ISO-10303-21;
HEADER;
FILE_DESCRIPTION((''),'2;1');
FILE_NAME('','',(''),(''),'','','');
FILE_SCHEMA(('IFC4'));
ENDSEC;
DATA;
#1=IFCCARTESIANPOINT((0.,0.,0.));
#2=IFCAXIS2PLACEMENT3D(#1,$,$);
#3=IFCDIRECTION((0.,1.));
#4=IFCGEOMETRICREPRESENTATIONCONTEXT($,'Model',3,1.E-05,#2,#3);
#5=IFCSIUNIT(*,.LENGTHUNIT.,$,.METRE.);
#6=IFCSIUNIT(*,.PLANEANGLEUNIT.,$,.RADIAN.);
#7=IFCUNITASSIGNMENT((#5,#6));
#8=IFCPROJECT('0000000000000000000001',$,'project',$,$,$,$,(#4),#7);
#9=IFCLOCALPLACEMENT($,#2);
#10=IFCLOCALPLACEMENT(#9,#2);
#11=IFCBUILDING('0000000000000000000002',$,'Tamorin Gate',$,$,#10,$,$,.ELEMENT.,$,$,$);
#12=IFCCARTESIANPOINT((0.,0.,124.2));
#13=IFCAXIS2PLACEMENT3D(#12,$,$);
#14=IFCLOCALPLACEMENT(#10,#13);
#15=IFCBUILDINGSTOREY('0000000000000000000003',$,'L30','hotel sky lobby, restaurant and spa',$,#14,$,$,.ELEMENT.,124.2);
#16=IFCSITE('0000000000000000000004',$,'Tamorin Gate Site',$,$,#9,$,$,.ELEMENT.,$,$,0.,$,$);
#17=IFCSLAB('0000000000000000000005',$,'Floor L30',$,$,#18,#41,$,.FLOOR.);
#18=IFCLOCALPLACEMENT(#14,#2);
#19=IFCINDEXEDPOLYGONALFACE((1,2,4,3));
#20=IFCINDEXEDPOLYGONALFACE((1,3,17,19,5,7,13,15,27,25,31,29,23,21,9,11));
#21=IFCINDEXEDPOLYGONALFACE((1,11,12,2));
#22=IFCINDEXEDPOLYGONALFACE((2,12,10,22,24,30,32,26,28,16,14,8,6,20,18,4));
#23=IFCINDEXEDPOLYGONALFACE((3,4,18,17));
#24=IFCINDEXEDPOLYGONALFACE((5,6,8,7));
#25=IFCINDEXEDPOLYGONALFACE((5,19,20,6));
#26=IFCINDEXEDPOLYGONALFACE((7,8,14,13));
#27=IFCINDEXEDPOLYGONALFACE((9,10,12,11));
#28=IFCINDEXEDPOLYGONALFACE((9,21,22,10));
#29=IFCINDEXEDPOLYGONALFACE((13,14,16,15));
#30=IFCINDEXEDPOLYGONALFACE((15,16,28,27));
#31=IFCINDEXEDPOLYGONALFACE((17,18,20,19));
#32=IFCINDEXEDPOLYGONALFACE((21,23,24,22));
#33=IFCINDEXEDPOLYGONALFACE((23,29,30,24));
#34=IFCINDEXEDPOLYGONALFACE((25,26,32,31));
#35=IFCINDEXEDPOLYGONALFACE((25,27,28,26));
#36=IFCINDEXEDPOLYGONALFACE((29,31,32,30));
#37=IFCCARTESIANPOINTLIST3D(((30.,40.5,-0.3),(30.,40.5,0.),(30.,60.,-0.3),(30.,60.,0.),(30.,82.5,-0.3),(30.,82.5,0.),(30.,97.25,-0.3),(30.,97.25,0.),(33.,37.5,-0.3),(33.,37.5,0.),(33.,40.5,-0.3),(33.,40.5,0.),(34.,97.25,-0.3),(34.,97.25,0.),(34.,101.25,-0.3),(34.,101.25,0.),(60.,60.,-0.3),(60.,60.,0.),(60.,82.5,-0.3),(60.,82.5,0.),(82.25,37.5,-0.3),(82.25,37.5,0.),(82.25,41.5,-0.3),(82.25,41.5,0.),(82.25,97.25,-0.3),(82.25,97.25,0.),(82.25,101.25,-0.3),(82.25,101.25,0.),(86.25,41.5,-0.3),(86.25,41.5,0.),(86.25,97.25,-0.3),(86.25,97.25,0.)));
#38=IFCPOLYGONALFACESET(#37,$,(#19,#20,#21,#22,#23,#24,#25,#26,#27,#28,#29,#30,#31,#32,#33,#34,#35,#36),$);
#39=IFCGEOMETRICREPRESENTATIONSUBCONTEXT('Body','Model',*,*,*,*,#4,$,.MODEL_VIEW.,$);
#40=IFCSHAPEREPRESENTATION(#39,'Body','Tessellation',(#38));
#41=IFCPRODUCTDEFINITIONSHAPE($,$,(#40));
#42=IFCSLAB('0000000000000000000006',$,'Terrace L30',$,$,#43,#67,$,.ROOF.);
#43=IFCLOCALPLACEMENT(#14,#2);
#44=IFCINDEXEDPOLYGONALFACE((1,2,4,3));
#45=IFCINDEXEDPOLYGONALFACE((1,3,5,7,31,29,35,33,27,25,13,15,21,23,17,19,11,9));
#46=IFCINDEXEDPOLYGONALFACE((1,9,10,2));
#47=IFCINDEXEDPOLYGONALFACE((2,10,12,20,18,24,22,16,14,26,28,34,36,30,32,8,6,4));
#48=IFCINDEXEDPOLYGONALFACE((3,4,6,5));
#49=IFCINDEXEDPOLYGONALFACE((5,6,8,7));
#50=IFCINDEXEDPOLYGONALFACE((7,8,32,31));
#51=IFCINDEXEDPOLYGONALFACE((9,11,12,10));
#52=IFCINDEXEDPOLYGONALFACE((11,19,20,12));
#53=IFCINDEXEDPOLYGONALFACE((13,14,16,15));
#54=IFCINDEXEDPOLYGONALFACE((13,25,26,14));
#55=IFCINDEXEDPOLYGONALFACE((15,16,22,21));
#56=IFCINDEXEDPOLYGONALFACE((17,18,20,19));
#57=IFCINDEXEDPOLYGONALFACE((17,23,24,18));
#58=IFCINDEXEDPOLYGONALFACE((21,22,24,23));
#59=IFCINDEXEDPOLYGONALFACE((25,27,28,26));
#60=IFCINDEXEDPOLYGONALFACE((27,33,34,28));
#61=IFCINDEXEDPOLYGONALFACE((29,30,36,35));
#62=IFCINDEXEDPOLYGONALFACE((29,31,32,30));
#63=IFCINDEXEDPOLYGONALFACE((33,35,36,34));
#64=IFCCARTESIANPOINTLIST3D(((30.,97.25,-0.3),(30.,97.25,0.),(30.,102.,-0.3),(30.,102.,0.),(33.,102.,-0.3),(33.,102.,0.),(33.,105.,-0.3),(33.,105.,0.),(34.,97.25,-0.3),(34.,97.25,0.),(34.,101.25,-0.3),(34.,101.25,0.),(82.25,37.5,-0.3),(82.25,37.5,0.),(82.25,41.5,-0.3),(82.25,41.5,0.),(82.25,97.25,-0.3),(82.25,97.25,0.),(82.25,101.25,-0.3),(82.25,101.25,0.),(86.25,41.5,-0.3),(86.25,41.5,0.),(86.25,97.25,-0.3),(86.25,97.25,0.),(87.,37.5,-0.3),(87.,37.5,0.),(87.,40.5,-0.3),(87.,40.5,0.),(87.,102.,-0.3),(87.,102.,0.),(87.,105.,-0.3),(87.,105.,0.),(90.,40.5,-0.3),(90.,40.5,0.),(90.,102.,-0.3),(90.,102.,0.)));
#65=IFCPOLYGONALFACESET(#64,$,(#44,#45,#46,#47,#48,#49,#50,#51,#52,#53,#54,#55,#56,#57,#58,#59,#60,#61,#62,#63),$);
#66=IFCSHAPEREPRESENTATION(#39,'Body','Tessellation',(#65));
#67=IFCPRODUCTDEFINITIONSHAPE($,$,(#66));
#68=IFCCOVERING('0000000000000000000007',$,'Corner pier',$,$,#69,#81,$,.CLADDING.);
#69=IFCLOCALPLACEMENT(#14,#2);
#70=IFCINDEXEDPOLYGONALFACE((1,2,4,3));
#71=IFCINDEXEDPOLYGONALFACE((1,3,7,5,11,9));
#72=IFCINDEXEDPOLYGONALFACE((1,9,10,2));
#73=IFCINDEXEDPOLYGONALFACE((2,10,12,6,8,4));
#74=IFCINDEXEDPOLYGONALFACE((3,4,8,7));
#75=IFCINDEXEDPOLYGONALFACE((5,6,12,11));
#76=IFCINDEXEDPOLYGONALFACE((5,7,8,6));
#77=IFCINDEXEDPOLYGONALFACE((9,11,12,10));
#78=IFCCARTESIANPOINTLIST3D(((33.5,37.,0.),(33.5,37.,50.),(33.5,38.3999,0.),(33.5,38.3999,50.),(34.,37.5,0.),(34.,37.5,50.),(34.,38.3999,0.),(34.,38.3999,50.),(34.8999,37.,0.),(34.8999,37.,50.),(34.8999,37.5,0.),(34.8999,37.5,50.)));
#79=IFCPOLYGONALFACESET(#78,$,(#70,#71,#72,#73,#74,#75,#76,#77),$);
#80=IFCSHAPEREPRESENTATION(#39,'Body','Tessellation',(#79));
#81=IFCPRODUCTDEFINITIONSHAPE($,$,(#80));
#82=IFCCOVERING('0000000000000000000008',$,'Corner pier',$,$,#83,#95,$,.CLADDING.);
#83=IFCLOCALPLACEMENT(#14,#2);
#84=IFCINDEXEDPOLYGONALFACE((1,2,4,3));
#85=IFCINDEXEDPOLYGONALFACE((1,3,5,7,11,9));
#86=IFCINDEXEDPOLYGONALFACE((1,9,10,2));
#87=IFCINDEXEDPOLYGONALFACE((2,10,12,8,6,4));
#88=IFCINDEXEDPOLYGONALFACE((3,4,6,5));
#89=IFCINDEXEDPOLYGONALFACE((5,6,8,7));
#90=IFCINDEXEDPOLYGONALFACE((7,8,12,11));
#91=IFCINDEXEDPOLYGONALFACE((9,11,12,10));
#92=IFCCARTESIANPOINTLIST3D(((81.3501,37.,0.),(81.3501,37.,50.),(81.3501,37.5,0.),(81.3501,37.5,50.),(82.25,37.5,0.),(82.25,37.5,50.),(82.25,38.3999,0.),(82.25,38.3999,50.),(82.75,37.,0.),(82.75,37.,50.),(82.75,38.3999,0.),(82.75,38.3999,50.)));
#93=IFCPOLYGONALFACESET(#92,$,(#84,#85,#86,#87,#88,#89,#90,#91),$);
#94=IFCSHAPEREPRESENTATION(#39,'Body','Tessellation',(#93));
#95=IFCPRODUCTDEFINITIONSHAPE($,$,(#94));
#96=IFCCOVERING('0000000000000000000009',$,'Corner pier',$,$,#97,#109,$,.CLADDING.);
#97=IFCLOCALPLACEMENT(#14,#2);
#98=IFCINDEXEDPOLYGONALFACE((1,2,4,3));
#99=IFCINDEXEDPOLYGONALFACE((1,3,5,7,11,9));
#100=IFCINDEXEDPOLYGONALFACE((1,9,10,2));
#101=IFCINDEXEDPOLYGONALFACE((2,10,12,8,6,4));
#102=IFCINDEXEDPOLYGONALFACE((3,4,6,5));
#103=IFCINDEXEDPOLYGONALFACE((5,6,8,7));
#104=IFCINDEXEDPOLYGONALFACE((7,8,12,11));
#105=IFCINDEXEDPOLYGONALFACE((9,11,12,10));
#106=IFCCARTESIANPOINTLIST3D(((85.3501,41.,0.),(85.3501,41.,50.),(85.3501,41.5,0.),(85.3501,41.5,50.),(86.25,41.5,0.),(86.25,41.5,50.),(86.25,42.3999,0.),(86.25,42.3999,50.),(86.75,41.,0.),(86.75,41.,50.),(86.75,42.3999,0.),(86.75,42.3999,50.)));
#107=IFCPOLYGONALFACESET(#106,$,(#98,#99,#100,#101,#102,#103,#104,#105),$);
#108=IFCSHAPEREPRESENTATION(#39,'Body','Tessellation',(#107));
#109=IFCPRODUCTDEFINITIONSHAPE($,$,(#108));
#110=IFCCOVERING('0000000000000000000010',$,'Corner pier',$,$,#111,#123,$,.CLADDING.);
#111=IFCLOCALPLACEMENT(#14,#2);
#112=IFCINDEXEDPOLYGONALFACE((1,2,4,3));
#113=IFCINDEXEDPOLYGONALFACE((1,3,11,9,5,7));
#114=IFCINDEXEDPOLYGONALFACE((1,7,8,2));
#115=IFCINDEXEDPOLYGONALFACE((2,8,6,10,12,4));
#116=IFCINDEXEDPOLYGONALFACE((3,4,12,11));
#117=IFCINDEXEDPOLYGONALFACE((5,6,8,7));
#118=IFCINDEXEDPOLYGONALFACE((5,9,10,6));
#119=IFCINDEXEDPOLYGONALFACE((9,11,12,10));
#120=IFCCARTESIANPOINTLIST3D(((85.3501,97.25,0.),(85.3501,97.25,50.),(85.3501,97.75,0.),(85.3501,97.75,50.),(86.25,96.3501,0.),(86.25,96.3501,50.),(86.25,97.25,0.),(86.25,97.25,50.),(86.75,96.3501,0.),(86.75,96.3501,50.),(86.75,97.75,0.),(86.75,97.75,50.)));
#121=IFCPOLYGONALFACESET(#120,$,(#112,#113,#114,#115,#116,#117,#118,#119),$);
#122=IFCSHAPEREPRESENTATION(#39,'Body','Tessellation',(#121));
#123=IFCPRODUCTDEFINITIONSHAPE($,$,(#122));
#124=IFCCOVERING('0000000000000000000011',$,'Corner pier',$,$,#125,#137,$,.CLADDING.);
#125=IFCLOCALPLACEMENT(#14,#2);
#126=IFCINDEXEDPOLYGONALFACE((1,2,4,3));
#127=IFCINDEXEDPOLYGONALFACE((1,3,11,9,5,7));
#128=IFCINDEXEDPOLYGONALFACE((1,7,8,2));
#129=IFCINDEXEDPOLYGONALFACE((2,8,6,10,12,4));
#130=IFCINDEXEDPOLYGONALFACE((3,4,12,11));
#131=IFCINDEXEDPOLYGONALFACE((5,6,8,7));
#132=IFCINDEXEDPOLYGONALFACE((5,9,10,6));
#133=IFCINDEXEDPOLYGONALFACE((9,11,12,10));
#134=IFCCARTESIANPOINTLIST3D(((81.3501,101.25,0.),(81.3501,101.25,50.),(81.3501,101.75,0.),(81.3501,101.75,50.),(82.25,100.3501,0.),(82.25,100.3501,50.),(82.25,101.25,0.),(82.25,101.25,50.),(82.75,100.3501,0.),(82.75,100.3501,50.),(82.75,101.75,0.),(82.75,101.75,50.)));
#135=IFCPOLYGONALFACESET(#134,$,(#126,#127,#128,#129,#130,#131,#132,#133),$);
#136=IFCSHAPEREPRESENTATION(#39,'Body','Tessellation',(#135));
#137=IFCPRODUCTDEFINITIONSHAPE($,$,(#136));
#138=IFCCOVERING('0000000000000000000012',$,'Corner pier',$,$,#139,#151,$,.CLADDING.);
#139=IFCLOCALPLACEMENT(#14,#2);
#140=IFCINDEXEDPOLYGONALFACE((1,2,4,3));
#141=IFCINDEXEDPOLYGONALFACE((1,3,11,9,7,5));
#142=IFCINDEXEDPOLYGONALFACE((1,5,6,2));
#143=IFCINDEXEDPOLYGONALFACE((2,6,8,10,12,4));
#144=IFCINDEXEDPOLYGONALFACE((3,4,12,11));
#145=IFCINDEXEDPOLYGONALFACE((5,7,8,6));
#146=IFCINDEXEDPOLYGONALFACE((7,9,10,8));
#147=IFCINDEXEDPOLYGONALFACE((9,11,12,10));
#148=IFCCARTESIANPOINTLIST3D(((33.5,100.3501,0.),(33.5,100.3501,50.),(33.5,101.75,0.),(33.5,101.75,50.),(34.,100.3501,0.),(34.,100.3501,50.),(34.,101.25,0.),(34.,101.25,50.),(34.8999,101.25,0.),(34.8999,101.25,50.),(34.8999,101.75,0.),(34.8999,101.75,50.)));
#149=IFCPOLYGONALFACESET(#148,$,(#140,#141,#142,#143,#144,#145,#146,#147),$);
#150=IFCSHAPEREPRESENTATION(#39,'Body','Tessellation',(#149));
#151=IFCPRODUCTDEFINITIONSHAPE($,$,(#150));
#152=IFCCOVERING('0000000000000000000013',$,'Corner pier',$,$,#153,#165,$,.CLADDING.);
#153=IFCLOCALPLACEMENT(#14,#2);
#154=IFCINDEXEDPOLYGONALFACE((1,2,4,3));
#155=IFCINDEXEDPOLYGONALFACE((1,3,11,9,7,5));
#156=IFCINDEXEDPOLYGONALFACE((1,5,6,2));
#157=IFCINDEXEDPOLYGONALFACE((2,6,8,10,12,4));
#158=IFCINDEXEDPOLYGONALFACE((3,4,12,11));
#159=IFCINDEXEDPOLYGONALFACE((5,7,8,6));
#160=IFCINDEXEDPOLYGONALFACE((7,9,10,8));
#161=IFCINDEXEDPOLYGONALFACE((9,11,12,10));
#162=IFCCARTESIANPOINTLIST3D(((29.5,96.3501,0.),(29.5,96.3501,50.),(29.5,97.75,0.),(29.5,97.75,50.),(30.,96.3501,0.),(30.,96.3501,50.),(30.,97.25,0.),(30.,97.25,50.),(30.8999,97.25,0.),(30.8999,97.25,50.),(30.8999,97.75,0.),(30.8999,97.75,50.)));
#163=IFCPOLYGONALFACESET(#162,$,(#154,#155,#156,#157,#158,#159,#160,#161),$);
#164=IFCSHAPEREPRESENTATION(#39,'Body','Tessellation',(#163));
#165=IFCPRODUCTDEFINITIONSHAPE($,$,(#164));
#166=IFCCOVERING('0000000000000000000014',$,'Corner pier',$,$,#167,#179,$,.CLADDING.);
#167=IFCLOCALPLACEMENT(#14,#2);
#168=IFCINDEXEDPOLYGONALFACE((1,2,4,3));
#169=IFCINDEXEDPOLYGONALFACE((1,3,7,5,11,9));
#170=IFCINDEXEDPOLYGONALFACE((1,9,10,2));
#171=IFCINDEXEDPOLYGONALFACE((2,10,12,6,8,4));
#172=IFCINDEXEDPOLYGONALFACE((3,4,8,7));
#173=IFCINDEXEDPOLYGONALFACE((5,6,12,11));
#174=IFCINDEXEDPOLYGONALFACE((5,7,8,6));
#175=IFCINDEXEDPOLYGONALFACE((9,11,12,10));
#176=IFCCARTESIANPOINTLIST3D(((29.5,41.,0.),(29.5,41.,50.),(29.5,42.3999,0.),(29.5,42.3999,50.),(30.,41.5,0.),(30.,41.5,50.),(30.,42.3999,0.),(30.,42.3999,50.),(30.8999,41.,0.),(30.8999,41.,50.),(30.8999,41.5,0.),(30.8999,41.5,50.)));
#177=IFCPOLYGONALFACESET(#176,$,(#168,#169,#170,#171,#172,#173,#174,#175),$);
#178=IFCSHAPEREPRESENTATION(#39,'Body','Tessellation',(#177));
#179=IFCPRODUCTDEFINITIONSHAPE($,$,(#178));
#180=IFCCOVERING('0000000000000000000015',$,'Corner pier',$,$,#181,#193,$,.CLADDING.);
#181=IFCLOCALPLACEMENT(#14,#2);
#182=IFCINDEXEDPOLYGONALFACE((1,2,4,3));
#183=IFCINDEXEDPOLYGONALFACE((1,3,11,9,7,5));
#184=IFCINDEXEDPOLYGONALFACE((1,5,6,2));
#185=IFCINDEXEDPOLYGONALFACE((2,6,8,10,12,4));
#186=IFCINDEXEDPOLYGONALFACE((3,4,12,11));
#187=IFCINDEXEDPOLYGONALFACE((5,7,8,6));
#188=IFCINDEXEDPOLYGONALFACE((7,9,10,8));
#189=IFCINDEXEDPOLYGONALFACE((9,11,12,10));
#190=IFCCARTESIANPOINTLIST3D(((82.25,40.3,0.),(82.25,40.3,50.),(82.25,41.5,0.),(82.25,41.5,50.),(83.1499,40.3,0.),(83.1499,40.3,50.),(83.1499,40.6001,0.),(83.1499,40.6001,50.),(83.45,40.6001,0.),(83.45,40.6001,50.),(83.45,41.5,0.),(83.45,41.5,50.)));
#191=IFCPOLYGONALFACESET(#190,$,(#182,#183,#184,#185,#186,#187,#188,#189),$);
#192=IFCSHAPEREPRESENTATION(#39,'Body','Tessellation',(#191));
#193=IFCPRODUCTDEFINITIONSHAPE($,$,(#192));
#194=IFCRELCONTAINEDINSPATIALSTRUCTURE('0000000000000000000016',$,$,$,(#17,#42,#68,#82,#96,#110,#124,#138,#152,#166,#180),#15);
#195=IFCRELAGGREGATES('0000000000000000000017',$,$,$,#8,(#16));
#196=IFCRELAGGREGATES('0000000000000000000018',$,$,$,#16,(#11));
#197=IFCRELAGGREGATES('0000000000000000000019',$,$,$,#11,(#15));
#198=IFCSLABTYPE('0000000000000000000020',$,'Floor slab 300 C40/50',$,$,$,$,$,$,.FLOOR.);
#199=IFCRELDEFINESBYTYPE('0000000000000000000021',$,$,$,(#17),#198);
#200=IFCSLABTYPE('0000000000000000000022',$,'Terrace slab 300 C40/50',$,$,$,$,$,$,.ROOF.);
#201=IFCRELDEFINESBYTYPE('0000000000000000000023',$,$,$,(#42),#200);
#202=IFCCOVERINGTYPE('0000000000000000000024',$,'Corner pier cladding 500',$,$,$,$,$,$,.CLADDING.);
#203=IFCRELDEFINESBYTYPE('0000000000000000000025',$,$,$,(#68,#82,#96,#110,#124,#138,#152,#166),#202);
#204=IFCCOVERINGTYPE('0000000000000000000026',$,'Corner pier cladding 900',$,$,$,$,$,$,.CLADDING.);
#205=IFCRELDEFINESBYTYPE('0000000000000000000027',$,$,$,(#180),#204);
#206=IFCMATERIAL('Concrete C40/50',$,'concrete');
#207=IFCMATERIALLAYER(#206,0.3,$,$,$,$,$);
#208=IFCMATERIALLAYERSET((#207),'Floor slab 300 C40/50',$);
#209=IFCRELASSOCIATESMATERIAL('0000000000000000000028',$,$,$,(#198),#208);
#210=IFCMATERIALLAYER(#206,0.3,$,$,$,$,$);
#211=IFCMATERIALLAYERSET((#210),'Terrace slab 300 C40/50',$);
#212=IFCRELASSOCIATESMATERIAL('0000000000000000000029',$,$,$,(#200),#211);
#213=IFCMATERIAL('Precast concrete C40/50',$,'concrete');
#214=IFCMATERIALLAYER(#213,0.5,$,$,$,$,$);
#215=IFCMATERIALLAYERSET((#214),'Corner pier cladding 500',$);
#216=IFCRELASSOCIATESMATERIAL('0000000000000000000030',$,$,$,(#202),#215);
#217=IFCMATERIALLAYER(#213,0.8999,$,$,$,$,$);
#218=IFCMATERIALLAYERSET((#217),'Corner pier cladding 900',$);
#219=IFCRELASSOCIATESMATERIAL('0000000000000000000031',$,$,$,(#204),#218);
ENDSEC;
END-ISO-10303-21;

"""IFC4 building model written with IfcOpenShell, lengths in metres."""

from ifc_helpers import new_model, si_unit, direction, frame, origin, place, context, subcontext, project, spatial, polyline, outline, extrude, material, layer, layer_set, type_object, element, save


model = new_model("IFC4")

# Units and contexts
model_context = context("Model", 3, precision=1e-05, world=origin(), true_north=direction((0.0, 1.0)))
body_context = subcontext(model_context, "Body", "Model", "MODEL_VIEW")
ifc_project = project(units=[si_unit("LENGTHUNIT", "METRE"), si_unit("PLANEANGLEUNIT", "RADIAN")], contexts=[model_context])

# Site, building, storey
site_placement = place(None, origin())
site = spatial("IfcSite", under=ifc_project, at=site_placement, Name="Tamorin Gate Site", CompositionType="ELEMENT", RefElevation=0.0)
building_placement = place(site_placement, origin())
building = spatial("IfcBuilding", under=site, at=building_placement, Name="Tamorin Gate", CompositionType="ELEMENT")
storey_placement = place(building_placement, frame((0.0, 0.0, 124.2)))
storey = spatial("IfcBuildingStorey", under=building, at=storey_placement, Name="L30", Description="hotel sky lobby, restaurant and spa", CompositionType="ELEMENT", Elevation=124.2)

# Slabs
ifc_material_1 = material(Name="Concrete C40/50", Category="concrete")
ifc_layer_1 = layer(ifc_material_1, 0.3)
ifc_layer_set_1 = layer_set([ifc_layer_1], Name="Floor slab 300 C40/50")
slab_type_1 = type_object("IfcSlabType", Name="Floor slab 300 C40/50", PredefinedType="FLOOR", material=ifc_layer_set_1)
slab_1_placement = place(storey_placement, frame((0.0, 0.0, -0.3)))
element("IfcSlab", 1, at=slab_1_placement, inside=storey, type_object=slab_type_1, Name="Floor L30", PredefinedType="FLOOR", context=body_context, shape_type="SweptSolid", body=[
    extrude(outline(polyline([(30.0, 40.5), (30.0, 60.0), (60.0, 60.0), (60.0, 82.5), (30.0, 82.5), (30.0, 97.25), (34.0, 97.25), (34.0, 101.25), (82.25, 101.25), (82.25, 97.25), (86.25, 97.25), (86.25, 41.5), (82.25, 41.5), (82.25, 37.5), (33.0, 37.5), (33.0, 40.5), (30.0, 40.5)])), origin(), (0.0, 0.0, 1.0), 0.3),
])
ifc_layer_2 = layer(ifc_material_1, 0.3)
ifc_layer_set_2 = layer_set([ifc_layer_2], Name="Terrace slab 300 C40/50")
slab_type_2 = type_object("IfcSlabType", Name="Terrace slab 300 C40/50", PredefinedType="ROOF", material=ifc_layer_set_2)
slab_2_placement = place(storey_placement, frame((0.0, 0.0, -0.3)))
element("IfcSlab", 2, at=slab_2_placement, inside=storey, type_object=slab_type_2, Name="Terrace L30", PredefinedType="ROOF", context=body_context, shape_type="SweptSolid", body=[
    extrude(outline(polyline([(30.0, 102.0), (33.0, 102.0), (33.0, 105.0), (87.0, 105.0), (87.0, 102.0), (90.0, 102.0), (90.0, 40.5), (87.0, 40.5), (87.0, 37.5), (82.25, 37.5), (82.25, 41.5), (86.25, 41.5), (86.25, 97.25), (82.25, 97.25), (82.25, 101.25), (34.0, 101.25), (34.0, 97.25), (30.0, 97.25), (30.0, 102.0)])), origin(), (0.0, 0.0, 1.0), 0.3),
])

# Coverings
ifc_material_2 = material(Name="Precast concrete C40/50", Category="concrete")
ifc_layer_3 = layer(ifc_material_2, 0.5)
ifc_layer_set_3 = layer_set([ifc_layer_3], Name="Corner pier cladding 500")
covering_type_1 = type_object("IfcCoveringType", Name="Corner pier cladding 500", PredefinedType="CLADDING", material=ifc_layer_set_3)
covering_1_placement = place(storey_placement, origin())
element("IfcCovering", 3, at=covering_1_placement, inside=storey, type_object=covering_type_1, Name="Corner pier", PredefinedType="CLADDING", context=body_context, shape_type="SweptSolid", body=[
    extrude(outline(polyline([(33.5, 37.0), (33.5, 38.3999), (34.0, 38.3999), (34.0, 37.5), (34.8999, 37.5), (34.8999, 37.0), (33.5, 37.0)])), origin(), (0.0, 0.0, 1.0), 50.0),
])
covering_2_placement = place(storey_placement, origin())
element("IfcCovering", 4, at=covering_2_placement, inside=storey, type_object=covering_type_1, Name="Corner pier", PredefinedType="CLADDING", context=body_context, shape_type="SweptSolid", body=[
    extrude(outline(polyline([(82.75, 37.0), (81.3501, 37.0), (81.3501, 37.5), (82.25, 37.5), (82.25, 38.3999), (82.75, 38.3999), (82.75, 37.0)])), origin(), (0.0, 0.0, 1.0), 50.0),
])
covering_3_placement = place(storey_placement, origin())
element("IfcCovering", 5, at=covering_3_placement, inside=storey, type_object=covering_type_1, Name="Corner pier", PredefinedType="CLADDING", context=body_context, shape_type="SweptSolid", body=[
    extrude(outline(polyline([(86.75, 41.0), (85.3501, 41.0), (85.3501, 41.5), (86.25, 41.5), (86.25, 42.3999), (86.75, 42.3999), (86.75, 41.0)])), origin(), (0.0, 0.0, 1.0), 50.0),
])
covering_4_placement = place(storey_placement, origin())
element("IfcCovering", 6, at=covering_4_placement, inside=storey, type_object=covering_type_1, Name="Corner pier", PredefinedType="CLADDING", context=body_context, shape_type="SweptSolid", body=[
    extrude(outline(polyline([(86.75, 97.75), (86.75, 96.3501), (86.25, 96.3501), (86.25, 97.25), (85.3501, 97.25), (85.3501, 97.75), (86.75, 97.75)])), origin(), (0.0, 0.0, 1.0), 50.0),
])
covering_5_placement = place(storey_placement, origin())
element("IfcCovering", 7, at=covering_5_placement, inside=storey, type_object=covering_type_1, Name="Corner pier", PredefinedType="CLADDING", context=body_context, shape_type="SweptSolid", body=[
    extrude(outline(polyline([(82.75, 101.75), (82.75, 100.3501), (82.25, 100.3501), (82.25, 101.25), (81.3501, 101.25), (81.3501, 101.75), (82.75, 101.75)])), origin(), (0.0, 0.0, 1.0), 50.0),
])
covering_6_placement = place(storey_placement, origin())
element("IfcCovering", 8, at=covering_6_placement, inside=storey, type_object=covering_type_1, Name="Corner pier", PredefinedType="CLADDING", context=body_context, shape_type="SweptSolid", body=[
    extrude(outline(polyline([(33.5, 101.75), (34.8999, 101.75), (34.8999, 101.25), (34.0, 101.25), (34.0, 100.3501), (33.5, 100.3501), (33.5, 101.75)])), origin(), (0.0, 0.0, 1.0), 50.0),
])
covering_7_placement = place(storey_placement, origin())
element("IfcCovering", 9, at=covering_7_placement, inside=storey, type_object=covering_type_1, Name="Corner pier", PredefinedType="CLADDING", context=body_context, shape_type="SweptSolid", body=[
    extrude(outline(polyline([(29.5, 97.75), (30.8999, 97.75), (30.8999, 97.25), (30.0, 97.25), (30.0, 96.3501), (29.5, 96.3501), (29.5, 97.75)])), origin(), (0.0, 0.0, 1.0), 50.0),
])
covering_8_placement = place(storey_placement, origin())
element("IfcCovering", 10, at=covering_8_placement, inside=storey, type_object=covering_type_1, Name="Corner pier", PredefinedType="CLADDING", context=body_context, shape_type="SweptSolid", body=[
    extrude(outline(polyline([(29.5, 41.0), (29.5, 42.3999), (30.0, 42.3999), (30.0, 41.5), (30.8999, 41.5), (30.8999, 41.0), (29.5, 41.0)])), origin(), (0.0, 0.0, 1.0), 50.0),
])
ifc_layer_4 = layer(ifc_material_2, 0.8999)
ifc_layer_set_4 = layer_set([ifc_layer_4], Name="Corner pier cladding 900")
covering_type_2 = type_object("IfcCoveringType", Name="Corner pier cladding 900", PredefinedType="CLADDING", material=ifc_layer_set_4)
covering_9_placement = place(storey_placement, origin())
element("IfcCovering", 11, at=covering_9_placement, inside=storey, type_object=covering_type_2, Name="Corner pier", PredefinedType="CLADDING", context=body_context, shape_type="SweptSolid", body=[
    extrude(outline(polyline([(83.1499, 40.6001), (83.1499, 40.3), (82.25, 40.3), (82.25, 41.5), (83.45, 41.5), (83.45, 40.6001), (83.1499, 40.6001)])), origin(), (0.0, 0.0, 1.0), 50.0),
])

save(model, "model.ifc")
